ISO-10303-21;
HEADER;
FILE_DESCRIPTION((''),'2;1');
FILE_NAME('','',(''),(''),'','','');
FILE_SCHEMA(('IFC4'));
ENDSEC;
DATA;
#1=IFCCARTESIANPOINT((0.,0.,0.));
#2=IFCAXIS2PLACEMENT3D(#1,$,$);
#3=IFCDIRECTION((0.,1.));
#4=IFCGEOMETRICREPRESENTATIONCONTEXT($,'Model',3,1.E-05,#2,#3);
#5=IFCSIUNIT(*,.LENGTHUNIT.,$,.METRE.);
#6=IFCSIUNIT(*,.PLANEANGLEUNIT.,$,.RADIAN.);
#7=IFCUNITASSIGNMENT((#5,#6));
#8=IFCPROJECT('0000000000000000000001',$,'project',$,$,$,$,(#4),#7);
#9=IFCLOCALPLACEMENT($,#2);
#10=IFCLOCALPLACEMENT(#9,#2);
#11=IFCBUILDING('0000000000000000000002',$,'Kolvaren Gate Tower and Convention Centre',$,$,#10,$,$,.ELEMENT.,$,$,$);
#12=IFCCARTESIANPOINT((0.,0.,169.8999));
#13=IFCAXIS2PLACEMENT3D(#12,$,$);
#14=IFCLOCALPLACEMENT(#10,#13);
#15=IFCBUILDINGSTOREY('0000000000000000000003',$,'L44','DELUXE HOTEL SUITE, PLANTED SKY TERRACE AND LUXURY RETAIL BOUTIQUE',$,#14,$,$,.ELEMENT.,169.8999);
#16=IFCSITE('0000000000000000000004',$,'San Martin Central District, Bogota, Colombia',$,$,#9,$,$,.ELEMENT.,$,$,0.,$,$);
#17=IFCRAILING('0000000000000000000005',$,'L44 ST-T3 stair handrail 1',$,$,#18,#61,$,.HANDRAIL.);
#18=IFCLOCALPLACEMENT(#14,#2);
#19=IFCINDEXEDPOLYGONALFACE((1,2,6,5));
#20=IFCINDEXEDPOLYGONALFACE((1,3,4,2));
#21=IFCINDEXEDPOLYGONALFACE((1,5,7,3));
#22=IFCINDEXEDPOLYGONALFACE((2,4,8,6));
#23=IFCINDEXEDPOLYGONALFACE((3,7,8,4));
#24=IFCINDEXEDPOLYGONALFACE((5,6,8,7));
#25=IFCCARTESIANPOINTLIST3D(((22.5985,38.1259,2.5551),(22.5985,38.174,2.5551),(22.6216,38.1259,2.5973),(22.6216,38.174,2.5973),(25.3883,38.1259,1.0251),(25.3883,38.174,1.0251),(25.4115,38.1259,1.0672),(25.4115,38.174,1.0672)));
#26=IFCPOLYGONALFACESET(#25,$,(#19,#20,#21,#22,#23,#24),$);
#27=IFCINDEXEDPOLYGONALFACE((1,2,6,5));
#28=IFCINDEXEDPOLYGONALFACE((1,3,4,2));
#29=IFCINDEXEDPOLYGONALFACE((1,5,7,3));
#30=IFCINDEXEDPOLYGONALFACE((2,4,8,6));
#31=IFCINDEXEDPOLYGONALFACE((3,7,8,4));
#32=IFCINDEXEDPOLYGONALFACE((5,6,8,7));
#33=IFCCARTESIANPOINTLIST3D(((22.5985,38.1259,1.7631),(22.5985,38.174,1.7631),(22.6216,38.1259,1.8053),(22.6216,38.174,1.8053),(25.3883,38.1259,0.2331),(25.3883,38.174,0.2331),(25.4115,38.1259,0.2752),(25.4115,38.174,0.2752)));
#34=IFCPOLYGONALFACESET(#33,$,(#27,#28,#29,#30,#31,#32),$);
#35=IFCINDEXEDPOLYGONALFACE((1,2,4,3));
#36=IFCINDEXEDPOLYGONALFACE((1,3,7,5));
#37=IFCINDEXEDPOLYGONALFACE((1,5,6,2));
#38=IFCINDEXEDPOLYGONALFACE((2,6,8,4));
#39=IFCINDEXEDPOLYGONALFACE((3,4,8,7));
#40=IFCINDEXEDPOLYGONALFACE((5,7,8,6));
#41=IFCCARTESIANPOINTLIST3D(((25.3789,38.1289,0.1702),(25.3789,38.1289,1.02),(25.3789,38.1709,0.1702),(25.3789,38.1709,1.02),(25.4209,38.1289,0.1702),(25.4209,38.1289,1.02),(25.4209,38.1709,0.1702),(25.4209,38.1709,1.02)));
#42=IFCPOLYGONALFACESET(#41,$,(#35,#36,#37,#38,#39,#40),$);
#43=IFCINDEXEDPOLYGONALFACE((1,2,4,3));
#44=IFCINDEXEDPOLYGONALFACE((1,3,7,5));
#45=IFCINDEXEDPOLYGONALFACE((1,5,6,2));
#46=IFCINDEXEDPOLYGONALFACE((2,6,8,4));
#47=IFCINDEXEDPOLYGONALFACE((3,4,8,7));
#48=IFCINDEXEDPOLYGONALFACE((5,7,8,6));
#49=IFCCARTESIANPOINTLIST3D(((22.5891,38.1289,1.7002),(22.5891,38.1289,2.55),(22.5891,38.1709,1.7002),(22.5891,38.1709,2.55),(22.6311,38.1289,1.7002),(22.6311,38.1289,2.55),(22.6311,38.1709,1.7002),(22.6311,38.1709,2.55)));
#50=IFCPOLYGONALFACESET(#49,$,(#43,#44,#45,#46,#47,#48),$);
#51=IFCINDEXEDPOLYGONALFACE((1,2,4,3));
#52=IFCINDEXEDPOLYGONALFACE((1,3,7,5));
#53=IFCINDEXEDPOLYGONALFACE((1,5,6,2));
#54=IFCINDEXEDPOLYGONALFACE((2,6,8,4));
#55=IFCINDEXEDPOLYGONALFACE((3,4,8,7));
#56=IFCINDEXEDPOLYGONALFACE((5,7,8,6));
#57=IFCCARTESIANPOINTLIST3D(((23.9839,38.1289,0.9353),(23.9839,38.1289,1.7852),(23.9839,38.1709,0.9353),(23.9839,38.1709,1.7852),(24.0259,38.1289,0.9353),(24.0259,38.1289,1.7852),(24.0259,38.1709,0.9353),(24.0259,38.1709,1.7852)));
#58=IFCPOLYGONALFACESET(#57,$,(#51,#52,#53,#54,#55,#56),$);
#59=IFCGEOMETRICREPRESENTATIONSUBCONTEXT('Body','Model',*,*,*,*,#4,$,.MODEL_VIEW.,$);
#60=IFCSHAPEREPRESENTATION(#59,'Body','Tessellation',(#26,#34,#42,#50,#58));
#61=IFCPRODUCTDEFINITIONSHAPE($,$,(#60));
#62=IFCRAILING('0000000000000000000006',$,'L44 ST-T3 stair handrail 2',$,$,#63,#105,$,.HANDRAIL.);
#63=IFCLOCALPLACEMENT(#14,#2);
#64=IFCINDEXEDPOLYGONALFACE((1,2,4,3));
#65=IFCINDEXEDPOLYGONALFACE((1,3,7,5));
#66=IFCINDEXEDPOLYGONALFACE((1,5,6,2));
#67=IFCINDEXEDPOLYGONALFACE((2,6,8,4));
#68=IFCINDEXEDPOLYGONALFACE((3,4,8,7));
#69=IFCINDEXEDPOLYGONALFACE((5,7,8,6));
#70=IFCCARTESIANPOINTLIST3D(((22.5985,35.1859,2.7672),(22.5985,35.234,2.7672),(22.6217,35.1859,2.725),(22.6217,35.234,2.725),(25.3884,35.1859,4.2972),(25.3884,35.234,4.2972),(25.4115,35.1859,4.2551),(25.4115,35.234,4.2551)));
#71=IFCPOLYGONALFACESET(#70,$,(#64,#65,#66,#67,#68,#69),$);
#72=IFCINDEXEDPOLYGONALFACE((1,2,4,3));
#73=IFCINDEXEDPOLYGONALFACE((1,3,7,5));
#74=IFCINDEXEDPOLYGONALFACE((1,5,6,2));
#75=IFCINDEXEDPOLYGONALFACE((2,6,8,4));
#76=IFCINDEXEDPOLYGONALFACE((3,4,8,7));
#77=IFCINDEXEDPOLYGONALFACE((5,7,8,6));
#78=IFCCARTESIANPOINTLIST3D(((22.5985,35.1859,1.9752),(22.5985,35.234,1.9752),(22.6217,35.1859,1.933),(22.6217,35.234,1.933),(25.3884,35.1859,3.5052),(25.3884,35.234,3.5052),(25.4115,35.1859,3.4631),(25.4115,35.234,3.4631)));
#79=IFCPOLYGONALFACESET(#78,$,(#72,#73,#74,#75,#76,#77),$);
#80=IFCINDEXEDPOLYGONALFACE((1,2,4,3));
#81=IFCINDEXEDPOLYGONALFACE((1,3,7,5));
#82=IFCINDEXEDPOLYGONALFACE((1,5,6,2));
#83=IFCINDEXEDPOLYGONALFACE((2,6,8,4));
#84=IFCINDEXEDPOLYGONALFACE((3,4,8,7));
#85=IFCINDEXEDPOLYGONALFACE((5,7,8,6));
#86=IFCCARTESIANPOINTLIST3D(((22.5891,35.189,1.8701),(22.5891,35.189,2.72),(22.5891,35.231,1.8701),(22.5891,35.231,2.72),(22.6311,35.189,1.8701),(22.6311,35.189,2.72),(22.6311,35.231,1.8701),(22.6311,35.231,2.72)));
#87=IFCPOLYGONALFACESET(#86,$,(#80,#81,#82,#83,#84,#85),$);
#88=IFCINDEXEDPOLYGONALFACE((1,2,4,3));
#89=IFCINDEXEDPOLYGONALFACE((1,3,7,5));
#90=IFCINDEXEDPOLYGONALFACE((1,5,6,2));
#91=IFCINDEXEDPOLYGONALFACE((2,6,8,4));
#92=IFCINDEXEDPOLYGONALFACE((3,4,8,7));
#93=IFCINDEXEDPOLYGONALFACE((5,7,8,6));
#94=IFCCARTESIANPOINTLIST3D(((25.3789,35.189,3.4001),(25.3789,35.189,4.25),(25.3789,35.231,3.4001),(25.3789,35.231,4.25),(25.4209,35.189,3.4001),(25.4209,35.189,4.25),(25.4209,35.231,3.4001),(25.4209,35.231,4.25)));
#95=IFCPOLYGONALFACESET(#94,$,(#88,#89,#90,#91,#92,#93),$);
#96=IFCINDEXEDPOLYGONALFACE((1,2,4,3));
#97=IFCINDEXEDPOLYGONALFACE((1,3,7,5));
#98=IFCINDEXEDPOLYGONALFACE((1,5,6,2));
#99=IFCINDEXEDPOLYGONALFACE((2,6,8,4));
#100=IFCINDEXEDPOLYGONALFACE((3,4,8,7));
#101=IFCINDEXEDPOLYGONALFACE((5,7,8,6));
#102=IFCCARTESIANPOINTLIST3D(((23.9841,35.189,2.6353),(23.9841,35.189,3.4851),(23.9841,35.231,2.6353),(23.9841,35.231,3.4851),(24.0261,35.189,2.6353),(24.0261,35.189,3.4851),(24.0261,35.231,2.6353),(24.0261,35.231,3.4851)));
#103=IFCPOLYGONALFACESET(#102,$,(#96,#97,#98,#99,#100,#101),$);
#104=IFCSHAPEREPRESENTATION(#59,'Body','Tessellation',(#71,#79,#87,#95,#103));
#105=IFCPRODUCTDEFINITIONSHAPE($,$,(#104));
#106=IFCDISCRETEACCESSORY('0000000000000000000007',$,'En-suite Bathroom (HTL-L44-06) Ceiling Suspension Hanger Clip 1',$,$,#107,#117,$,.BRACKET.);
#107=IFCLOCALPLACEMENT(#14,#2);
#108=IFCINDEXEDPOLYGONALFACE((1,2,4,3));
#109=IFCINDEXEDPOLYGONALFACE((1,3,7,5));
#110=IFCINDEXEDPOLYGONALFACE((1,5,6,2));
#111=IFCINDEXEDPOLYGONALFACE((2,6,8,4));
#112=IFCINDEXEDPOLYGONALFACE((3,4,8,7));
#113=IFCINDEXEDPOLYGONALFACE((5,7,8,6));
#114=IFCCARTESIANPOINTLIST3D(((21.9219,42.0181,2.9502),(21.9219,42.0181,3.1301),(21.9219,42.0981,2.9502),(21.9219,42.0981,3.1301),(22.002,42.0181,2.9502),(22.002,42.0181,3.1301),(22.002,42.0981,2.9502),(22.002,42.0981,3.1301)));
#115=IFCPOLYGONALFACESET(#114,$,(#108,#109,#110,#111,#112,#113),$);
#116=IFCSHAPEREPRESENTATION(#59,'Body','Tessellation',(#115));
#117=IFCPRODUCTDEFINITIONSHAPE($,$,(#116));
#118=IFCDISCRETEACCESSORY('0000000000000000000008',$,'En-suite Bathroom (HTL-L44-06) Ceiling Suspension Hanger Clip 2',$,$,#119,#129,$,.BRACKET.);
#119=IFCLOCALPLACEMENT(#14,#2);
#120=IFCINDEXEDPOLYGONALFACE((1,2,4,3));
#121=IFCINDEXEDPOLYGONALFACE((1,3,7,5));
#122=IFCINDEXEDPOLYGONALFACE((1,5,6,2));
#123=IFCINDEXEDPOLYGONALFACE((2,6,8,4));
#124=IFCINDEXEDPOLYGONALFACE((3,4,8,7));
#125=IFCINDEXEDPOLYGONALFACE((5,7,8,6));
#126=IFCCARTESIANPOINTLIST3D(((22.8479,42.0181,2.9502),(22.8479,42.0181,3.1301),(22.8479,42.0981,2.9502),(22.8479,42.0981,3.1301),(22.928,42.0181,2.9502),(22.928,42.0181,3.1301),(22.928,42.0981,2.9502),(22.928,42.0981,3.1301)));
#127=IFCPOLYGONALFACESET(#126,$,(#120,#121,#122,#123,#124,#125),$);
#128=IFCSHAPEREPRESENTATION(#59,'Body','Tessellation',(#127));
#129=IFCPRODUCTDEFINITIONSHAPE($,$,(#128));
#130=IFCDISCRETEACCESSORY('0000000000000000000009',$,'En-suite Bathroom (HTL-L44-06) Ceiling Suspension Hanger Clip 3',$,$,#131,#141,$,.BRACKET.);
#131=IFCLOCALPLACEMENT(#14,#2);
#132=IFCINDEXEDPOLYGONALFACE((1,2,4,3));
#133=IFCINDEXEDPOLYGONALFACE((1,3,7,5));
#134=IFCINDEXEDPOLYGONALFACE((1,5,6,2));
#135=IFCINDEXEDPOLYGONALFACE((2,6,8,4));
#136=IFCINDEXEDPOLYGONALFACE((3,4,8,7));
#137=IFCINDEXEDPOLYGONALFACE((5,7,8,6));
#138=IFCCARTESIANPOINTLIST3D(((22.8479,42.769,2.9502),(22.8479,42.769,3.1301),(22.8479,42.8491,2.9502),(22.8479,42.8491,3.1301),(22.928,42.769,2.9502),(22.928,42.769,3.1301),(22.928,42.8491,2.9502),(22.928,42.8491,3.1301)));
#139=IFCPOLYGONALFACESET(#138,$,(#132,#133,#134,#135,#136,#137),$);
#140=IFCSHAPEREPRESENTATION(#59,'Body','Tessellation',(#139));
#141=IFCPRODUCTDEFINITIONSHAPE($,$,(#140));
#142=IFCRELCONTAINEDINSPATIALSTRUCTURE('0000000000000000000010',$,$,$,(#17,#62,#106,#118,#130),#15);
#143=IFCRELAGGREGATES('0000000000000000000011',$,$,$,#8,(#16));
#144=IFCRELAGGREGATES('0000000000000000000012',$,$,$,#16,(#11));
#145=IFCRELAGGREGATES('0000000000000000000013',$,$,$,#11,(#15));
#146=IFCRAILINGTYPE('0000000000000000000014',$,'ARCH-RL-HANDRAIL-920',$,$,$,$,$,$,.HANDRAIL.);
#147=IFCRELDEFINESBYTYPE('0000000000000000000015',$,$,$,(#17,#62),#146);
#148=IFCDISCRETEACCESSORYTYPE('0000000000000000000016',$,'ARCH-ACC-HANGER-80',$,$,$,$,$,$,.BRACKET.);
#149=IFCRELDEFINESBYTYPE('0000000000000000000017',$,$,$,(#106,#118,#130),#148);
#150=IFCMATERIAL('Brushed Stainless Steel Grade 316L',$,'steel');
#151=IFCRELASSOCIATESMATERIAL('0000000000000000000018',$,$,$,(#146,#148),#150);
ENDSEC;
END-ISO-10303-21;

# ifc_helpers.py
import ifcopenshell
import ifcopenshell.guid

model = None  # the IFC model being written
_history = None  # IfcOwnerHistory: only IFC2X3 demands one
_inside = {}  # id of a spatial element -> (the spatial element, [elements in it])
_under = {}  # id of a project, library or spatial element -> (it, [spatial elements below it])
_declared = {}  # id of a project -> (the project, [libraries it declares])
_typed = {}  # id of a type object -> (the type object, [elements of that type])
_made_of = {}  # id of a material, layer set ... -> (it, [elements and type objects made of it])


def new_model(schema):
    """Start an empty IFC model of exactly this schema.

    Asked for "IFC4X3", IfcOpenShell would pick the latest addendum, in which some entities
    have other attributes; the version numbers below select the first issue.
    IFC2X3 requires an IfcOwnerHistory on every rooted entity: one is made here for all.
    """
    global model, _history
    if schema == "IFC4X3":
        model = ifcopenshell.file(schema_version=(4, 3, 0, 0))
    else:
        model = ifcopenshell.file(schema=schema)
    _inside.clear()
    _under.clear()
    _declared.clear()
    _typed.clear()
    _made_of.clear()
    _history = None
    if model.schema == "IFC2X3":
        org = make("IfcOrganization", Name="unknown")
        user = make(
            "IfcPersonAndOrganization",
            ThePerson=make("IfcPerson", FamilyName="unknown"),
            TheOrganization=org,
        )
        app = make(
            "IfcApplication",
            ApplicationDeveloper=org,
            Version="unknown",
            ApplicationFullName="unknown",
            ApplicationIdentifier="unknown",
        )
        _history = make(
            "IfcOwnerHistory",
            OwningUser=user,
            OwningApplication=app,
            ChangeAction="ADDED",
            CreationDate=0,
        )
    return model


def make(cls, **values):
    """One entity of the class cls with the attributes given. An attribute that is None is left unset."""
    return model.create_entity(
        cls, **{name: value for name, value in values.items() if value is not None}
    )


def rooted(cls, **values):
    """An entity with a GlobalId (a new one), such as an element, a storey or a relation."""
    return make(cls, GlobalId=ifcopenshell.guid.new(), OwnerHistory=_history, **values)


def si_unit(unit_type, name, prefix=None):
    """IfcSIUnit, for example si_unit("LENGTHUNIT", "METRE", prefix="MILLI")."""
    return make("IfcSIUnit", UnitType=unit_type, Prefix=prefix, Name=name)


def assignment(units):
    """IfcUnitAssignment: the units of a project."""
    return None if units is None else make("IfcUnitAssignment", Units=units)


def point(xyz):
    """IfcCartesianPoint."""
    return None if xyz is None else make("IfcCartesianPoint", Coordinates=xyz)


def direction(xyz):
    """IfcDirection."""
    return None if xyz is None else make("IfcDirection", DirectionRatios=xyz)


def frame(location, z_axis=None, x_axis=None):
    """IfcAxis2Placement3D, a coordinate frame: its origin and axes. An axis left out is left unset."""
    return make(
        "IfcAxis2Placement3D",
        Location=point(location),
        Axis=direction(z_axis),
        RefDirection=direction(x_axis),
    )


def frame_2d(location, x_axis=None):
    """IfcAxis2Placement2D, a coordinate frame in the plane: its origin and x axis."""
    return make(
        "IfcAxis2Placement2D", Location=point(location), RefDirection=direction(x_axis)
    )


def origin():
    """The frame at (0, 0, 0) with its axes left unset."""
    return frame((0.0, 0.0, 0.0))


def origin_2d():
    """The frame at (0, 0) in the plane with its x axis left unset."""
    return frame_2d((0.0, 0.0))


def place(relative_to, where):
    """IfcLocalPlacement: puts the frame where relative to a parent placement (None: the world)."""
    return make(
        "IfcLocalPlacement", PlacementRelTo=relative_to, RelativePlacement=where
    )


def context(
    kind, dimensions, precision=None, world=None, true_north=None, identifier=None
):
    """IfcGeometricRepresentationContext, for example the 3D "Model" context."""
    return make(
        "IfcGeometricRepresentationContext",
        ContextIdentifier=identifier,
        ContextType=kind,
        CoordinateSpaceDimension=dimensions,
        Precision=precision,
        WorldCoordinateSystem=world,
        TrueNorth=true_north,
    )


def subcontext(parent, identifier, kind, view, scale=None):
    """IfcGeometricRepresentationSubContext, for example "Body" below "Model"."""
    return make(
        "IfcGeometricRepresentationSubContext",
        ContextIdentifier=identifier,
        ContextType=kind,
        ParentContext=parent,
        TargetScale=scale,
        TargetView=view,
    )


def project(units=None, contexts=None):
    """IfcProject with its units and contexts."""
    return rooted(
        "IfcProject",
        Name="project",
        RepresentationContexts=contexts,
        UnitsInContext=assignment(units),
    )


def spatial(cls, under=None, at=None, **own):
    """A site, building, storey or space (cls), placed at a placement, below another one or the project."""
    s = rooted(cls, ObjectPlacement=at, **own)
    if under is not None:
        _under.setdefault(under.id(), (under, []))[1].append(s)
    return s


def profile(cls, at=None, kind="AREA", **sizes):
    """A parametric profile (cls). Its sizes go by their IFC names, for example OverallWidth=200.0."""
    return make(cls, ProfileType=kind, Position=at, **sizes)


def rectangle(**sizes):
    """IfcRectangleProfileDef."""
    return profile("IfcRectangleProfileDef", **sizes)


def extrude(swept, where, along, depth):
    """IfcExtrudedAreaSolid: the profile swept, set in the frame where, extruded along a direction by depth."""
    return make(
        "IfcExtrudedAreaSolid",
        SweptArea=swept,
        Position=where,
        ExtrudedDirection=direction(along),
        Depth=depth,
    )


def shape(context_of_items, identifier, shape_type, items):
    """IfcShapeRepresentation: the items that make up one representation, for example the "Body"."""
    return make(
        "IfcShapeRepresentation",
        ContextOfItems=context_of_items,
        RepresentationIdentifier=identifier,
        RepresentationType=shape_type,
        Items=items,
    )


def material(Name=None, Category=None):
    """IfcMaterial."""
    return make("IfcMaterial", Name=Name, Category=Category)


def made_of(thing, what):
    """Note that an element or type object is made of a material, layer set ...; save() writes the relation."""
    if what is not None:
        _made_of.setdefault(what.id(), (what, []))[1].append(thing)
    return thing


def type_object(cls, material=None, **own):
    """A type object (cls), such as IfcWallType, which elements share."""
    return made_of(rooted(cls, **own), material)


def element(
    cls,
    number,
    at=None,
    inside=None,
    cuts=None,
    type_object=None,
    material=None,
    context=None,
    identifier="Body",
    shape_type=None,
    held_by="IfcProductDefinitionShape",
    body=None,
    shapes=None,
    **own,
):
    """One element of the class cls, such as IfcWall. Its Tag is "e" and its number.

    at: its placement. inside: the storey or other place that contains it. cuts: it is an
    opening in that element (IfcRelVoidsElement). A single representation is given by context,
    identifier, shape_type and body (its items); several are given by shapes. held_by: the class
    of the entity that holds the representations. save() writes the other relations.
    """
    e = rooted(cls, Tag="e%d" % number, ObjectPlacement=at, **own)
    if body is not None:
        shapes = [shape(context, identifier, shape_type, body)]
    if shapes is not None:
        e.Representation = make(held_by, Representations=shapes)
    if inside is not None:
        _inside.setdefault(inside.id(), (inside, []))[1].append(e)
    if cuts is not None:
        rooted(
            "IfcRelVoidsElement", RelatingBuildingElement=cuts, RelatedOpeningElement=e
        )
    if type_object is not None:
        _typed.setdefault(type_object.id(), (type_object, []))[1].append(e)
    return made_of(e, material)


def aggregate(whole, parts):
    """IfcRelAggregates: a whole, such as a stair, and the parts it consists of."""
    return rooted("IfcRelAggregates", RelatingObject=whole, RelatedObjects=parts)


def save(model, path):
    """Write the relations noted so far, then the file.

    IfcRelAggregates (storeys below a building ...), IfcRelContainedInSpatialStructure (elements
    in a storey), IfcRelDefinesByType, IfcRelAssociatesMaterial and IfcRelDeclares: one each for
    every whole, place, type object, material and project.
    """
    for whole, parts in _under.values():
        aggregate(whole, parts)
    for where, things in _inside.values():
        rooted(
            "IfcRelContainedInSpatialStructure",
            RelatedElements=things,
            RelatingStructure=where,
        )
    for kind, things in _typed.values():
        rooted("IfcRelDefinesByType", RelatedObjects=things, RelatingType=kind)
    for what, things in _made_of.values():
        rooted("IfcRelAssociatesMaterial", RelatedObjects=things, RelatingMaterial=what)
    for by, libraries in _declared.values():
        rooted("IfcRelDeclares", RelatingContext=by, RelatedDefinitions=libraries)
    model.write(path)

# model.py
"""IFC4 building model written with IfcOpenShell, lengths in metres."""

from ifc_helpers import new_model, si_unit, direction, frame, origin, origin_2d, place, context, subcontext, project, spatial, rectangle, extrude, material, type_object, element, save


model = new_model("IFC4")

# Units and contexts
model_context = context("Model", 3, precision=1e-05, world=origin(), true_north=direction((0.0, 1.0)))
body_context = subcontext(model_context, "Body", "Model", "MODEL_VIEW")
ifc_project = project(units=[si_unit("LENGTHUNIT", "METRE"), si_unit("PLANEANGLEUNIT", "RADIAN")], contexts=[model_context])

# Site, building, storey
site_placement = place(None, origin())
site = spatial("IfcSite", under=ifc_project, at=site_placement, Name="San Martin Central District, Bogota, Colombia", CompositionType="ELEMENT", RefElevation=0.0)
building_placement = place(site_placement, origin())
building = spatial("IfcBuilding", under=site, at=building_placement, Name="Kolvaren Gate Tower and Convention Centre", CompositionType="ELEMENT")
storey_placement = place(building_placement, frame((0.0, 0.0, 169.8999)))
storey = spatial("IfcBuildingStorey", under=building, at=storey_placement, Name="L44", Description="DELUXE HOTEL SUITE, PLANTED SKY TERRACE AND LUXURY RETAIL BOUTIQUE", CompositionType="ELEMENT", Elevation=169.8999)

# Railings
ifc_material_1 = material(Name="Brushed Stainless Steel Grade 316L", Category="steel")
railing_type_1 = type_object("IfcRailingType", Name="ARCH-RL-HANDRAIL-920", PredefinedType="HANDRAIL", material=ifc_material_1)
railing_1_placement = place(storey_placement, frame((25.3999, 38.1499, 0.1702)))
element("IfcRailing", 1, at=railing_1_placement, inside=storey, type_object=railing_type_1, Name="L44 ST-T3 stair handrail 1", PredefinedType="HANDRAIL", context=body_context, shape_type="SweptSolid", body=[
    extrude(rectangle(XDim=0.0481, YDim=0.0481, at=origin_2d()), frame((0.0, 0.0, 0.876), z_axis=(-0.876794, 0.0, 0.480867), x_axis=(0.0, -1.0, 0.0)), (0.0, 0.0, 1.0), 3.1819),
    extrude(rectangle(XDim=0.0481, YDim=0.0481, at=origin_2d()), frame((0.0, 0.0, 0.084), z_axis=(-0.876794, 0.0, 0.480867), x_axis=(0.0, -1.0, 0.0)), (0.0, 0.0, 1.0), 3.1819),
    extrude(rectangle(XDim=0.042, YDim=0.042, at=origin_2d()), origin(), (0.0, 0.0, 1.0), 0.8499),
    extrude(rectangle(XDim=0.042, YDim=0.042, at=origin_2d()), frame((-2.7898, 0.0, 1.53)), (0.0, 0.0, 1.0), 0.8499),
    extrude(rectangle(XDim=0.042, YDim=0.042, at=origin_2d()), frame((-1.395, 0.0, 0.7651)), (0.0, 0.0, 1.0), 0.8499),
])
railing_2_placement = place(storey_placement, frame((22.6101, 35.21, 1.8701)))
element("IfcRailing", 2, at=railing_2_placement, inside=storey, type_object=railing_type_1, Name="L44 ST-T3 stair handrail 2", PredefinedType="HANDRAIL", context=body_context, shape_type="SweptSolid", body=[
    extrude(rectangle(XDim=0.0481, YDim=0.0481, at=origin_2d()), frame((0.0, 0.0, 0.876), z_axis=(0.876794, 0.0, 0.480867), x_axis=(0.0, 1.0, 0.0)), (0.0, 0.0, 1.0), 3.1819),
    extrude(rectangle(XDim=0.0481, YDim=0.0481, at=origin_2d()), frame((0.0, 0.0, 0.084), z_axis=(0.876794, 0.0, 0.480867), x_axis=(0.0, 1.0, 0.0)), (0.0, 0.0, 1.0), 3.1819),
    extrude(rectangle(XDim=0.042, YDim=0.042, at=origin_2d()), origin(), (0.0, 0.0, 1.0), 0.8499),
    extrude(rectangle(XDim=0.042, YDim=0.042, at=origin_2d()), frame((2.7898, 0.0, 1.53)), (0.0, 0.0, 1.0), 0.8499),
    extrude(rectangle(XDim=0.042, YDim=0.042, at=origin_2d()), frame((1.395, 0.0, 0.7651)), (0.0, 0.0, 1.0), 0.8499),
])

# Discrete accessories
discrete_accessory_type = type_object("IfcDiscreteAccessoryType", Name="ARCH-ACC-HANGER-80", PredefinedType="BRACKET", material=ifc_material_1)
for number, where, z_axis, x_axis, name in (
    (3, (21.9619, 42.0581, 2.9502), (0.0, 0.0, 1.0), (1.0, 0.0, 0.0), "En-suite Bathroom (HTL-L44-06) Ceiling Suspension Hanger Clip 1"),
    (4, (22.8879, 42.0581, 2.9502), (0.0, 0.0, 1.0), (1.0, 0.0, 0.0), "En-suite Bathroom (HTL-L44-06) Ceiling Suspension Hanger Clip 2"),
    (5, (22.8879, 42.8091, 2.9502), (0.0, 0.0, 1.0), (1.0, 0.0, 0.0), "En-suite Bathroom (HTL-L44-06) Ceiling Suspension Hanger Clip 3"),
):
    element("IfcDiscreteAccessory", number, at=place(storey_placement, frame(where, z_axis=z_axis, x_axis=x_axis)), inside=storey, type_object=discrete_accessory_type, Name=name, PredefinedType="BRACKET", context=body_context, shape_type="SweptSolid", body=[
        extrude(rectangle(XDim=0.0801, YDim=0.0801, at=origin_2d()), origin(), (0.0, 0.0, 1.0), 0.1799),
    ])

save(model, "model.ifc")
